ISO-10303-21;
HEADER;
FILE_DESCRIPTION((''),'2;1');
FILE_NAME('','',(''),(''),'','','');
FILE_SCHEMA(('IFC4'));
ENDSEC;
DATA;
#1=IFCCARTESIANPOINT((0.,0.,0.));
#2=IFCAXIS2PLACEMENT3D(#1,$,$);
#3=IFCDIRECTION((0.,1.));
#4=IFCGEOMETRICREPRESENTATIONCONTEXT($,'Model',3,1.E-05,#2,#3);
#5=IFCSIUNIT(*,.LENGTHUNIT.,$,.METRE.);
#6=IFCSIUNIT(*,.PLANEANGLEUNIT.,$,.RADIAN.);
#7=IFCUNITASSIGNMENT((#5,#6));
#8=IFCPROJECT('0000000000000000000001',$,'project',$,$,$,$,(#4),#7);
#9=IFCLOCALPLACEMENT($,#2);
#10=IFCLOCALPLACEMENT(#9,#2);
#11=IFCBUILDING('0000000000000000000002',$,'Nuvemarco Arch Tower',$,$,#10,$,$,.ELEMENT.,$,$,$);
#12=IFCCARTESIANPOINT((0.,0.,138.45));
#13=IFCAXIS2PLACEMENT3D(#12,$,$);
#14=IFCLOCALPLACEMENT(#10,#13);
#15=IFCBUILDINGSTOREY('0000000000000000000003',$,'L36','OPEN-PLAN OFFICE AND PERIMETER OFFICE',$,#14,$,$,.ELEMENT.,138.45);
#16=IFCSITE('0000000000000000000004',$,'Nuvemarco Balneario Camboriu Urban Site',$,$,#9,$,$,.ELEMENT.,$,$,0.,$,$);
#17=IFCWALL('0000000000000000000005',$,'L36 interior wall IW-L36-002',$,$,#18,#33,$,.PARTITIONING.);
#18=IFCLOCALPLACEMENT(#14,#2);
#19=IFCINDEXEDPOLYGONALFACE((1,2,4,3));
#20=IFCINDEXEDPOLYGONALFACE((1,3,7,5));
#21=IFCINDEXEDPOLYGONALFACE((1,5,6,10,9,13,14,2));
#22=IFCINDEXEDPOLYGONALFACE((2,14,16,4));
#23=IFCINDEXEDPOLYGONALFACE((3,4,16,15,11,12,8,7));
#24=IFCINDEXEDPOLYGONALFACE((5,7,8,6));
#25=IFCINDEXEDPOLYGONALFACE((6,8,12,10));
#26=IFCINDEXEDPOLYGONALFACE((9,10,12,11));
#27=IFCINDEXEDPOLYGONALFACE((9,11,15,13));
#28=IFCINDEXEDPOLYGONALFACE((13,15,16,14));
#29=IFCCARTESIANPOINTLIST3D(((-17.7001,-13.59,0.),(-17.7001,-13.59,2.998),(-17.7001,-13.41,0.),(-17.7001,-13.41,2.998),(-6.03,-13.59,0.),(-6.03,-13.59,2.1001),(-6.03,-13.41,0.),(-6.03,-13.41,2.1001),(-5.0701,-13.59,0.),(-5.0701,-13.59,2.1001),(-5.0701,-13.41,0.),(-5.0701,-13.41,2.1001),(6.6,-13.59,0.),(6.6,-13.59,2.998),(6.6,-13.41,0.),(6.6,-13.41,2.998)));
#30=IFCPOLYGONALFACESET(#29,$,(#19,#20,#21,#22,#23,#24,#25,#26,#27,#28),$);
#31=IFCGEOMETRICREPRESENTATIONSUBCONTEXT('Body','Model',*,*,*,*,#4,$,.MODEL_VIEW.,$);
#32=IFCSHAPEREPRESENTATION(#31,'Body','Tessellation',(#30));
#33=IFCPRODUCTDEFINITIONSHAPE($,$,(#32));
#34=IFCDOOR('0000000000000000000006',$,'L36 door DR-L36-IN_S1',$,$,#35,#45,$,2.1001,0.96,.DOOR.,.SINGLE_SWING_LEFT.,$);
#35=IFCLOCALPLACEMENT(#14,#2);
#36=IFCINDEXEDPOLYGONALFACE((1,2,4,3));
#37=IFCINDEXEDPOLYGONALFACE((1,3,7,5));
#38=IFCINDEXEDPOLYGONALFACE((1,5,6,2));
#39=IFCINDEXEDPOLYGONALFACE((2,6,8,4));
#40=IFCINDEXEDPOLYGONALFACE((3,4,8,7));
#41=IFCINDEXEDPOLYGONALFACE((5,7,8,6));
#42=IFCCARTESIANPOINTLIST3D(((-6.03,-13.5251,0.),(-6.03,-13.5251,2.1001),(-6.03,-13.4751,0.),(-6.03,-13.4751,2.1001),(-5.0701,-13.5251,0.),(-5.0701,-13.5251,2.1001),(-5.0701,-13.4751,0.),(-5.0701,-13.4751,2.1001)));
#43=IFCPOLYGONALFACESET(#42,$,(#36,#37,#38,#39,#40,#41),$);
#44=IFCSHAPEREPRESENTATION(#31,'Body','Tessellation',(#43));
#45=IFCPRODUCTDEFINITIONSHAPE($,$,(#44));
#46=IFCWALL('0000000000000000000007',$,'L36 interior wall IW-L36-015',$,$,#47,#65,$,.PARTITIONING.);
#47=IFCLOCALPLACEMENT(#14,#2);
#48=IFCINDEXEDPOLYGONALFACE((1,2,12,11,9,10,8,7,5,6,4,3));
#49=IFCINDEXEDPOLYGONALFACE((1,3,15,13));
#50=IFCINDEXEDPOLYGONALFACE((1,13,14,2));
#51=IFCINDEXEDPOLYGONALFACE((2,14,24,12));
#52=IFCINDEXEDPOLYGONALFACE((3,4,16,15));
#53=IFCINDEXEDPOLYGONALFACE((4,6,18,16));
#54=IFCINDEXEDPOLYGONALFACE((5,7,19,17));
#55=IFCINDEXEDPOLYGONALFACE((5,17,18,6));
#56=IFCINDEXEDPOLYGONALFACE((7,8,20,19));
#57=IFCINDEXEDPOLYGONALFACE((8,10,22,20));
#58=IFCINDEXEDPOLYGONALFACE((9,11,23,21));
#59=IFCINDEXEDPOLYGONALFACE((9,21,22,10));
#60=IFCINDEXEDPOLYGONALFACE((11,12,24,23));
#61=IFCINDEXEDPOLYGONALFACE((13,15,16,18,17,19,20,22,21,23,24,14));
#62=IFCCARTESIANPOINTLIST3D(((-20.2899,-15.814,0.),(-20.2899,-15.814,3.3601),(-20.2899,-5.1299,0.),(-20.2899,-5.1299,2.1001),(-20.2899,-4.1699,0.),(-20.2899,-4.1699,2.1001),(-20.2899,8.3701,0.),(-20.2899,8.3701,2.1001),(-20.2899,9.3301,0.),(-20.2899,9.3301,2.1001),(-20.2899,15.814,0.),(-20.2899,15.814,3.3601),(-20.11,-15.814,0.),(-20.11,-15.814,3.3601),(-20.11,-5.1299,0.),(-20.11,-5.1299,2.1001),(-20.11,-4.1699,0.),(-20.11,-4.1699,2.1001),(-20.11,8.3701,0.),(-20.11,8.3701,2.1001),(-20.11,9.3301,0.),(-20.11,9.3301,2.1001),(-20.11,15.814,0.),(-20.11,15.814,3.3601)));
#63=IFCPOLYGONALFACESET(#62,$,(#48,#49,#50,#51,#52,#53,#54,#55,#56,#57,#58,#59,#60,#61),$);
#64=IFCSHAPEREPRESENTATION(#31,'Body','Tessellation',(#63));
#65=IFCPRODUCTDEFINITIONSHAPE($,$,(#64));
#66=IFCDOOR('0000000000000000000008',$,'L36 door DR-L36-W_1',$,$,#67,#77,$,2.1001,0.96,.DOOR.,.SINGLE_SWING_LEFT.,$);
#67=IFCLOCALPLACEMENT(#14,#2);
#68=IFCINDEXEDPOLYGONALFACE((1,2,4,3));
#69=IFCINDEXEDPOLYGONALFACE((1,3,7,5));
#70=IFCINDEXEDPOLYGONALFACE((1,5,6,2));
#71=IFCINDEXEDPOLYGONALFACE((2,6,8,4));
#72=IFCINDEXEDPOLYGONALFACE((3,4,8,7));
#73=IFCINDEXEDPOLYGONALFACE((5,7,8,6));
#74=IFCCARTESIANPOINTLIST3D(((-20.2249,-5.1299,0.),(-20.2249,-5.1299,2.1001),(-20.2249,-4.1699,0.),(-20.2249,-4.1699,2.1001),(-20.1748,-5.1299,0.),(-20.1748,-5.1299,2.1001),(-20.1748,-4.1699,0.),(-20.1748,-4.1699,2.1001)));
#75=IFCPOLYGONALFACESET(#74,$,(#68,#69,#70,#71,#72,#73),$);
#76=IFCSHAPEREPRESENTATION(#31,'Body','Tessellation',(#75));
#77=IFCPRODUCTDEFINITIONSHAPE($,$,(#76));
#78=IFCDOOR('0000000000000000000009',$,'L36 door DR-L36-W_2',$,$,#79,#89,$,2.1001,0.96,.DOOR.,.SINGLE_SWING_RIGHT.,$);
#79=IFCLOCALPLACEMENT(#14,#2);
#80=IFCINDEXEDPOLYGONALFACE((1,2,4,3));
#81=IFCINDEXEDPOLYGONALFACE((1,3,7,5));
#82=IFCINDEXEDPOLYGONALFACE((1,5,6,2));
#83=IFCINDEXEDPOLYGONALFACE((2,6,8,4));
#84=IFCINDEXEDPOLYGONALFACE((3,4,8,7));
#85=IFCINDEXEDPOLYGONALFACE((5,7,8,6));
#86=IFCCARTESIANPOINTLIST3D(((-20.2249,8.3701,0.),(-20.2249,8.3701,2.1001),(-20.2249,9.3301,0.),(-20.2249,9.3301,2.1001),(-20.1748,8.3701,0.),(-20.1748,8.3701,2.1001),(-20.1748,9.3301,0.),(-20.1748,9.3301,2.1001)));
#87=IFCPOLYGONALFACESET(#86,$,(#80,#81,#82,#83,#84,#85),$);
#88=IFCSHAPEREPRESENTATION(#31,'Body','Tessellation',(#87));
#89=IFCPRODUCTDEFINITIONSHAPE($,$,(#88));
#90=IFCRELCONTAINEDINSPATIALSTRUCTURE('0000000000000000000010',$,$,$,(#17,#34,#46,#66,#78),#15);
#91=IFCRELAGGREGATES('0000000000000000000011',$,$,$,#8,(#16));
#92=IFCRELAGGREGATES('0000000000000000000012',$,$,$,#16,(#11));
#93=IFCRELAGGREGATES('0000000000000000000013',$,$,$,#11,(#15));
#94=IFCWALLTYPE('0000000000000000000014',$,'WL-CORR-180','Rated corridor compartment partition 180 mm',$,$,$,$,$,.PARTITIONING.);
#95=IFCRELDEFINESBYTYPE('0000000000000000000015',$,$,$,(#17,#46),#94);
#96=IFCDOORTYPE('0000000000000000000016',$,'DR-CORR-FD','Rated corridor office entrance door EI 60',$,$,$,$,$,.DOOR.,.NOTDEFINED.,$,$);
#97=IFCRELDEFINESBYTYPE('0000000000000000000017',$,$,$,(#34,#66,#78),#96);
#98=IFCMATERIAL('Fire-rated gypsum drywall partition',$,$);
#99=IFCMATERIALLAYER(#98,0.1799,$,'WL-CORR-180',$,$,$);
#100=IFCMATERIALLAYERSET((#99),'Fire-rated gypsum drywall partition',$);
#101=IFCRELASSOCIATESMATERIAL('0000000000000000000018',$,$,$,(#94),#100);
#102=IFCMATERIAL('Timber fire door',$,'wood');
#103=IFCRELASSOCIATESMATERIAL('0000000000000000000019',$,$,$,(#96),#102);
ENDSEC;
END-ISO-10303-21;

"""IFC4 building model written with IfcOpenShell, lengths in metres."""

from ifc_helpers import new_model, si_unit, direction, frame, frame_2d, origin, place, context, subcontext, project, spatial, rectangle, extrude, source, transform, mapped, material, layer, layer_set, type_object, type_shapes, element, fill, save


model = new_model("IFC4")

# Units and contexts
model_context = context("Model", 3, precision=1e-05, world=origin(), true_north=direction((0.0, 1.0)))
body_context = subcontext(model_context, "Body", "Model", "MODEL_VIEW")
ifc_project = project(units=[si_unit("LENGTHUNIT", "METRE"), si_unit("PLANEANGLEUNIT", "RADIAN")], contexts=[model_context])

# Site, building, storey
site_placement = place(None, origin())
site = spatial("IfcSite", under=ifc_project, at=site_placement, Name="Nuvemarco Balneario Camboriu Urban Site", CompositionType="ELEMENT", RefElevation=0.0)
building_placement = place(site_placement, origin())
building = spatial("IfcBuilding", under=site, at=building_placement, Name="Nuvemarco Arch Tower", CompositionType="ELEMENT")
storey_placement = place(building_placement, frame((0.0, 0.0, 138.45)))
storey = spatial("IfcBuildingStorey", under=building, at=storey_placement, Name="L36", Description="OPEN-PLAN OFFICE AND PERIMETER OFFICE", CompositionType="ELEMENT", Elevation=138.45)

# Shared definitions
ifc_material_1 = material(Name="Fire-rated gypsum drywall partition")
ifc_layer = layer(ifc_material_1, 0.1799, Name="WL-CORR-180")
ifc_layer_set = layer_set([ifc_layer], Name="Fire-rated gypsum drywall partition")
wall_type = type_object("IfcWallType", Name="WL-CORR-180", Description="Rated corridor compartment partition 180 mm", PredefinedType="PARTITIONING", material=ifc_layer_set)
ifc_material_2 = material(Name="Timber fire door", Category="wood")
door_type = type_object("IfcDoorType", Name="DR-CORR-FD", Description="Rated corridor office entrance door EI 60", OperationType="NOTDEFINED", PredefinedType="DOOR", material=ifc_material_2)
shared_shape = source(origin(), body_context, "Body", "SweptSolid", [
    extrude(rectangle(XDim=0.96, YDim=2.1001, at=frame_2d((0.48, 1.05))), frame((0.0, 0.0249, 0.0), z_axis=(0.0, -1.0, 0.0), x_axis=(1.0, 0.0, 0.0)), (0.0, 0.0, 1.0), 0.05),
])
type_shapes(door_type, [shared_shape])

# Wall, opening, door
wall_1_placement = place(storey_placement, frame((-17.7, -13.5, 0.0), z_axis=(0.0, 0.0, 1.0), x_axis=(1.0, 0.0, 0.0)))
wall_1 = element("IfcWall", 1, at=wall_1_placement, inside=storey, type_object=wall_type, Name="L36 interior wall IW-L36-002", PredefinedType="PARTITIONING", context=body_context, shape_type="SweptSolid", body=[
    extrude(rectangle(XDim=24.3, YDim=0.1799, at=frame_2d((12.1499, 0.0))), origin(), (0.0, 0.0, 1.0), 2.998),
])
opening_1_placement = place(wall_1_placement, frame((11.6699, 0.0, 0.0)))
opening_1 = element("IfcOpeningElement", 2, at=opening_1_placement, cuts=wall_1, PredefinedType="OPENING", context=body_context, shape_type="SweptSolid", body=[
    extrude(rectangle(XDim=0.96, YDim=2.1001, at=frame_2d((0.48, 1.05))), frame((0.0, 0.0999, 0.0), z_axis=(0.0, -1.0, 0.0), x_axis=(1.0, 0.0, 0.0)), (0.0, 0.0, 1.0), 0.2),
])
door_1_placement = place(opening_1_placement, origin())
door_1 = element("IfcDoor", 3, at=door_1_placement, inside=storey, type_object=door_type, Name="L36 door DR-L36-IN_S1", OperationType="SINGLE_SWING_LEFT", OverallHeight=2.1001, OverallWidth=0.96, PredefinedType="DOOR", context=body_context, shape_type="MappedRepresentation", body=[
    mapped(shared_shape, transform((0.0, 0.0, 0.0), scale=1.0)),
])
fill(opening_1, door_1)

# Wall, openings, doors
wall_2_placement = place(storey_placement, frame((-20.2, -15.814, 0.0), z_axis=(0.0, 0.0, 1.0), x_axis=(0.0, 1.0, 0.0)))
wall_2 = element("IfcWall", 4, at=wall_2_placement, inside=storey, type_object=wall_type, Name="L36 interior wall IW-L36-015", PredefinedType="PARTITIONING", context=body_context, shape_type="SweptSolid", body=[
    extrude(rectangle(XDim=31.6279, YDim=0.1799, at=frame_2d((15.814, 0.0))), origin(), (0.0, 0.0, 1.0), 3.3601),
])
opening_2_placement = place(wall_2_placement, frame((10.6841, 0.0, 0.0)))
opening_2 = element("IfcOpeningElement", 5, at=opening_2_placement, cuts=wall_2, PredefinedType="OPENING", context=body_context, shape_type="SweptSolid", body=[
    extrude(rectangle(XDim=0.96, YDim=2.1001, at=frame_2d((0.48, 1.05))), frame((0.0, 0.0999, 0.0), z_axis=(0.0, -1.0, 0.0), x_axis=(1.0, 0.0, 0.0)), (0.0, 0.0, 1.0), 0.2),
])
opening_3_placement = place(wall_2_placement, frame((24.1841, 0.0, 0.0)))
opening_3 = element("IfcOpeningElement", 6, at=opening_3_placement, cuts=wall_2, PredefinedType="OPENING", context=body_context, shape_type="SweptSolid", body=[
    extrude(rectangle(XDim=0.96, YDim=2.1001, at=frame_2d((0.48, 1.05))), frame((0.0, 0.0999, 0.0), z_axis=(0.0, -1.0, 0.0), x_axis=(1.0, 0.0, 0.0)), (0.0, 0.0, 1.0), 0.2),
])
door_2_placement = place(opening_2_placement, origin())
door_2 = element("IfcDoor", 7, at=door_2_placement, inside=storey, type_object=door_type, Name="L36 door DR-L36-W_1", OperationType="SINGLE_SWING_LEFT", OverallHeight=2.1001, OverallWidth=0.96, PredefinedType="DOOR", context=body_context, shape_type="MappedRepresentation", body=[
    mapped(shared_shape, transform((0.0, 0.0, 0.0), scale=1.0)),
])
fill(opening_2, door_2)
door_3_placement = place(opening_3_placement, origin())
door_3 = element("IfcDoor", 8, at=door_3_placement, inside=storey, type_object=door_type, Name="L36 door DR-L36-W_2", OperationType="SINGLE_SWING_RIGHT", OverallHeight=2.1001, OverallWidth=0.96, PredefinedType="DOOR", context=body_context, shape_type="MappedRepresentation", body=[
    mapped(shared_shape, transform((0.0, 0.0, 0.0), scale=1.0)),
])
fill(opening_3, door_3)

save(model, "model.ifc")
